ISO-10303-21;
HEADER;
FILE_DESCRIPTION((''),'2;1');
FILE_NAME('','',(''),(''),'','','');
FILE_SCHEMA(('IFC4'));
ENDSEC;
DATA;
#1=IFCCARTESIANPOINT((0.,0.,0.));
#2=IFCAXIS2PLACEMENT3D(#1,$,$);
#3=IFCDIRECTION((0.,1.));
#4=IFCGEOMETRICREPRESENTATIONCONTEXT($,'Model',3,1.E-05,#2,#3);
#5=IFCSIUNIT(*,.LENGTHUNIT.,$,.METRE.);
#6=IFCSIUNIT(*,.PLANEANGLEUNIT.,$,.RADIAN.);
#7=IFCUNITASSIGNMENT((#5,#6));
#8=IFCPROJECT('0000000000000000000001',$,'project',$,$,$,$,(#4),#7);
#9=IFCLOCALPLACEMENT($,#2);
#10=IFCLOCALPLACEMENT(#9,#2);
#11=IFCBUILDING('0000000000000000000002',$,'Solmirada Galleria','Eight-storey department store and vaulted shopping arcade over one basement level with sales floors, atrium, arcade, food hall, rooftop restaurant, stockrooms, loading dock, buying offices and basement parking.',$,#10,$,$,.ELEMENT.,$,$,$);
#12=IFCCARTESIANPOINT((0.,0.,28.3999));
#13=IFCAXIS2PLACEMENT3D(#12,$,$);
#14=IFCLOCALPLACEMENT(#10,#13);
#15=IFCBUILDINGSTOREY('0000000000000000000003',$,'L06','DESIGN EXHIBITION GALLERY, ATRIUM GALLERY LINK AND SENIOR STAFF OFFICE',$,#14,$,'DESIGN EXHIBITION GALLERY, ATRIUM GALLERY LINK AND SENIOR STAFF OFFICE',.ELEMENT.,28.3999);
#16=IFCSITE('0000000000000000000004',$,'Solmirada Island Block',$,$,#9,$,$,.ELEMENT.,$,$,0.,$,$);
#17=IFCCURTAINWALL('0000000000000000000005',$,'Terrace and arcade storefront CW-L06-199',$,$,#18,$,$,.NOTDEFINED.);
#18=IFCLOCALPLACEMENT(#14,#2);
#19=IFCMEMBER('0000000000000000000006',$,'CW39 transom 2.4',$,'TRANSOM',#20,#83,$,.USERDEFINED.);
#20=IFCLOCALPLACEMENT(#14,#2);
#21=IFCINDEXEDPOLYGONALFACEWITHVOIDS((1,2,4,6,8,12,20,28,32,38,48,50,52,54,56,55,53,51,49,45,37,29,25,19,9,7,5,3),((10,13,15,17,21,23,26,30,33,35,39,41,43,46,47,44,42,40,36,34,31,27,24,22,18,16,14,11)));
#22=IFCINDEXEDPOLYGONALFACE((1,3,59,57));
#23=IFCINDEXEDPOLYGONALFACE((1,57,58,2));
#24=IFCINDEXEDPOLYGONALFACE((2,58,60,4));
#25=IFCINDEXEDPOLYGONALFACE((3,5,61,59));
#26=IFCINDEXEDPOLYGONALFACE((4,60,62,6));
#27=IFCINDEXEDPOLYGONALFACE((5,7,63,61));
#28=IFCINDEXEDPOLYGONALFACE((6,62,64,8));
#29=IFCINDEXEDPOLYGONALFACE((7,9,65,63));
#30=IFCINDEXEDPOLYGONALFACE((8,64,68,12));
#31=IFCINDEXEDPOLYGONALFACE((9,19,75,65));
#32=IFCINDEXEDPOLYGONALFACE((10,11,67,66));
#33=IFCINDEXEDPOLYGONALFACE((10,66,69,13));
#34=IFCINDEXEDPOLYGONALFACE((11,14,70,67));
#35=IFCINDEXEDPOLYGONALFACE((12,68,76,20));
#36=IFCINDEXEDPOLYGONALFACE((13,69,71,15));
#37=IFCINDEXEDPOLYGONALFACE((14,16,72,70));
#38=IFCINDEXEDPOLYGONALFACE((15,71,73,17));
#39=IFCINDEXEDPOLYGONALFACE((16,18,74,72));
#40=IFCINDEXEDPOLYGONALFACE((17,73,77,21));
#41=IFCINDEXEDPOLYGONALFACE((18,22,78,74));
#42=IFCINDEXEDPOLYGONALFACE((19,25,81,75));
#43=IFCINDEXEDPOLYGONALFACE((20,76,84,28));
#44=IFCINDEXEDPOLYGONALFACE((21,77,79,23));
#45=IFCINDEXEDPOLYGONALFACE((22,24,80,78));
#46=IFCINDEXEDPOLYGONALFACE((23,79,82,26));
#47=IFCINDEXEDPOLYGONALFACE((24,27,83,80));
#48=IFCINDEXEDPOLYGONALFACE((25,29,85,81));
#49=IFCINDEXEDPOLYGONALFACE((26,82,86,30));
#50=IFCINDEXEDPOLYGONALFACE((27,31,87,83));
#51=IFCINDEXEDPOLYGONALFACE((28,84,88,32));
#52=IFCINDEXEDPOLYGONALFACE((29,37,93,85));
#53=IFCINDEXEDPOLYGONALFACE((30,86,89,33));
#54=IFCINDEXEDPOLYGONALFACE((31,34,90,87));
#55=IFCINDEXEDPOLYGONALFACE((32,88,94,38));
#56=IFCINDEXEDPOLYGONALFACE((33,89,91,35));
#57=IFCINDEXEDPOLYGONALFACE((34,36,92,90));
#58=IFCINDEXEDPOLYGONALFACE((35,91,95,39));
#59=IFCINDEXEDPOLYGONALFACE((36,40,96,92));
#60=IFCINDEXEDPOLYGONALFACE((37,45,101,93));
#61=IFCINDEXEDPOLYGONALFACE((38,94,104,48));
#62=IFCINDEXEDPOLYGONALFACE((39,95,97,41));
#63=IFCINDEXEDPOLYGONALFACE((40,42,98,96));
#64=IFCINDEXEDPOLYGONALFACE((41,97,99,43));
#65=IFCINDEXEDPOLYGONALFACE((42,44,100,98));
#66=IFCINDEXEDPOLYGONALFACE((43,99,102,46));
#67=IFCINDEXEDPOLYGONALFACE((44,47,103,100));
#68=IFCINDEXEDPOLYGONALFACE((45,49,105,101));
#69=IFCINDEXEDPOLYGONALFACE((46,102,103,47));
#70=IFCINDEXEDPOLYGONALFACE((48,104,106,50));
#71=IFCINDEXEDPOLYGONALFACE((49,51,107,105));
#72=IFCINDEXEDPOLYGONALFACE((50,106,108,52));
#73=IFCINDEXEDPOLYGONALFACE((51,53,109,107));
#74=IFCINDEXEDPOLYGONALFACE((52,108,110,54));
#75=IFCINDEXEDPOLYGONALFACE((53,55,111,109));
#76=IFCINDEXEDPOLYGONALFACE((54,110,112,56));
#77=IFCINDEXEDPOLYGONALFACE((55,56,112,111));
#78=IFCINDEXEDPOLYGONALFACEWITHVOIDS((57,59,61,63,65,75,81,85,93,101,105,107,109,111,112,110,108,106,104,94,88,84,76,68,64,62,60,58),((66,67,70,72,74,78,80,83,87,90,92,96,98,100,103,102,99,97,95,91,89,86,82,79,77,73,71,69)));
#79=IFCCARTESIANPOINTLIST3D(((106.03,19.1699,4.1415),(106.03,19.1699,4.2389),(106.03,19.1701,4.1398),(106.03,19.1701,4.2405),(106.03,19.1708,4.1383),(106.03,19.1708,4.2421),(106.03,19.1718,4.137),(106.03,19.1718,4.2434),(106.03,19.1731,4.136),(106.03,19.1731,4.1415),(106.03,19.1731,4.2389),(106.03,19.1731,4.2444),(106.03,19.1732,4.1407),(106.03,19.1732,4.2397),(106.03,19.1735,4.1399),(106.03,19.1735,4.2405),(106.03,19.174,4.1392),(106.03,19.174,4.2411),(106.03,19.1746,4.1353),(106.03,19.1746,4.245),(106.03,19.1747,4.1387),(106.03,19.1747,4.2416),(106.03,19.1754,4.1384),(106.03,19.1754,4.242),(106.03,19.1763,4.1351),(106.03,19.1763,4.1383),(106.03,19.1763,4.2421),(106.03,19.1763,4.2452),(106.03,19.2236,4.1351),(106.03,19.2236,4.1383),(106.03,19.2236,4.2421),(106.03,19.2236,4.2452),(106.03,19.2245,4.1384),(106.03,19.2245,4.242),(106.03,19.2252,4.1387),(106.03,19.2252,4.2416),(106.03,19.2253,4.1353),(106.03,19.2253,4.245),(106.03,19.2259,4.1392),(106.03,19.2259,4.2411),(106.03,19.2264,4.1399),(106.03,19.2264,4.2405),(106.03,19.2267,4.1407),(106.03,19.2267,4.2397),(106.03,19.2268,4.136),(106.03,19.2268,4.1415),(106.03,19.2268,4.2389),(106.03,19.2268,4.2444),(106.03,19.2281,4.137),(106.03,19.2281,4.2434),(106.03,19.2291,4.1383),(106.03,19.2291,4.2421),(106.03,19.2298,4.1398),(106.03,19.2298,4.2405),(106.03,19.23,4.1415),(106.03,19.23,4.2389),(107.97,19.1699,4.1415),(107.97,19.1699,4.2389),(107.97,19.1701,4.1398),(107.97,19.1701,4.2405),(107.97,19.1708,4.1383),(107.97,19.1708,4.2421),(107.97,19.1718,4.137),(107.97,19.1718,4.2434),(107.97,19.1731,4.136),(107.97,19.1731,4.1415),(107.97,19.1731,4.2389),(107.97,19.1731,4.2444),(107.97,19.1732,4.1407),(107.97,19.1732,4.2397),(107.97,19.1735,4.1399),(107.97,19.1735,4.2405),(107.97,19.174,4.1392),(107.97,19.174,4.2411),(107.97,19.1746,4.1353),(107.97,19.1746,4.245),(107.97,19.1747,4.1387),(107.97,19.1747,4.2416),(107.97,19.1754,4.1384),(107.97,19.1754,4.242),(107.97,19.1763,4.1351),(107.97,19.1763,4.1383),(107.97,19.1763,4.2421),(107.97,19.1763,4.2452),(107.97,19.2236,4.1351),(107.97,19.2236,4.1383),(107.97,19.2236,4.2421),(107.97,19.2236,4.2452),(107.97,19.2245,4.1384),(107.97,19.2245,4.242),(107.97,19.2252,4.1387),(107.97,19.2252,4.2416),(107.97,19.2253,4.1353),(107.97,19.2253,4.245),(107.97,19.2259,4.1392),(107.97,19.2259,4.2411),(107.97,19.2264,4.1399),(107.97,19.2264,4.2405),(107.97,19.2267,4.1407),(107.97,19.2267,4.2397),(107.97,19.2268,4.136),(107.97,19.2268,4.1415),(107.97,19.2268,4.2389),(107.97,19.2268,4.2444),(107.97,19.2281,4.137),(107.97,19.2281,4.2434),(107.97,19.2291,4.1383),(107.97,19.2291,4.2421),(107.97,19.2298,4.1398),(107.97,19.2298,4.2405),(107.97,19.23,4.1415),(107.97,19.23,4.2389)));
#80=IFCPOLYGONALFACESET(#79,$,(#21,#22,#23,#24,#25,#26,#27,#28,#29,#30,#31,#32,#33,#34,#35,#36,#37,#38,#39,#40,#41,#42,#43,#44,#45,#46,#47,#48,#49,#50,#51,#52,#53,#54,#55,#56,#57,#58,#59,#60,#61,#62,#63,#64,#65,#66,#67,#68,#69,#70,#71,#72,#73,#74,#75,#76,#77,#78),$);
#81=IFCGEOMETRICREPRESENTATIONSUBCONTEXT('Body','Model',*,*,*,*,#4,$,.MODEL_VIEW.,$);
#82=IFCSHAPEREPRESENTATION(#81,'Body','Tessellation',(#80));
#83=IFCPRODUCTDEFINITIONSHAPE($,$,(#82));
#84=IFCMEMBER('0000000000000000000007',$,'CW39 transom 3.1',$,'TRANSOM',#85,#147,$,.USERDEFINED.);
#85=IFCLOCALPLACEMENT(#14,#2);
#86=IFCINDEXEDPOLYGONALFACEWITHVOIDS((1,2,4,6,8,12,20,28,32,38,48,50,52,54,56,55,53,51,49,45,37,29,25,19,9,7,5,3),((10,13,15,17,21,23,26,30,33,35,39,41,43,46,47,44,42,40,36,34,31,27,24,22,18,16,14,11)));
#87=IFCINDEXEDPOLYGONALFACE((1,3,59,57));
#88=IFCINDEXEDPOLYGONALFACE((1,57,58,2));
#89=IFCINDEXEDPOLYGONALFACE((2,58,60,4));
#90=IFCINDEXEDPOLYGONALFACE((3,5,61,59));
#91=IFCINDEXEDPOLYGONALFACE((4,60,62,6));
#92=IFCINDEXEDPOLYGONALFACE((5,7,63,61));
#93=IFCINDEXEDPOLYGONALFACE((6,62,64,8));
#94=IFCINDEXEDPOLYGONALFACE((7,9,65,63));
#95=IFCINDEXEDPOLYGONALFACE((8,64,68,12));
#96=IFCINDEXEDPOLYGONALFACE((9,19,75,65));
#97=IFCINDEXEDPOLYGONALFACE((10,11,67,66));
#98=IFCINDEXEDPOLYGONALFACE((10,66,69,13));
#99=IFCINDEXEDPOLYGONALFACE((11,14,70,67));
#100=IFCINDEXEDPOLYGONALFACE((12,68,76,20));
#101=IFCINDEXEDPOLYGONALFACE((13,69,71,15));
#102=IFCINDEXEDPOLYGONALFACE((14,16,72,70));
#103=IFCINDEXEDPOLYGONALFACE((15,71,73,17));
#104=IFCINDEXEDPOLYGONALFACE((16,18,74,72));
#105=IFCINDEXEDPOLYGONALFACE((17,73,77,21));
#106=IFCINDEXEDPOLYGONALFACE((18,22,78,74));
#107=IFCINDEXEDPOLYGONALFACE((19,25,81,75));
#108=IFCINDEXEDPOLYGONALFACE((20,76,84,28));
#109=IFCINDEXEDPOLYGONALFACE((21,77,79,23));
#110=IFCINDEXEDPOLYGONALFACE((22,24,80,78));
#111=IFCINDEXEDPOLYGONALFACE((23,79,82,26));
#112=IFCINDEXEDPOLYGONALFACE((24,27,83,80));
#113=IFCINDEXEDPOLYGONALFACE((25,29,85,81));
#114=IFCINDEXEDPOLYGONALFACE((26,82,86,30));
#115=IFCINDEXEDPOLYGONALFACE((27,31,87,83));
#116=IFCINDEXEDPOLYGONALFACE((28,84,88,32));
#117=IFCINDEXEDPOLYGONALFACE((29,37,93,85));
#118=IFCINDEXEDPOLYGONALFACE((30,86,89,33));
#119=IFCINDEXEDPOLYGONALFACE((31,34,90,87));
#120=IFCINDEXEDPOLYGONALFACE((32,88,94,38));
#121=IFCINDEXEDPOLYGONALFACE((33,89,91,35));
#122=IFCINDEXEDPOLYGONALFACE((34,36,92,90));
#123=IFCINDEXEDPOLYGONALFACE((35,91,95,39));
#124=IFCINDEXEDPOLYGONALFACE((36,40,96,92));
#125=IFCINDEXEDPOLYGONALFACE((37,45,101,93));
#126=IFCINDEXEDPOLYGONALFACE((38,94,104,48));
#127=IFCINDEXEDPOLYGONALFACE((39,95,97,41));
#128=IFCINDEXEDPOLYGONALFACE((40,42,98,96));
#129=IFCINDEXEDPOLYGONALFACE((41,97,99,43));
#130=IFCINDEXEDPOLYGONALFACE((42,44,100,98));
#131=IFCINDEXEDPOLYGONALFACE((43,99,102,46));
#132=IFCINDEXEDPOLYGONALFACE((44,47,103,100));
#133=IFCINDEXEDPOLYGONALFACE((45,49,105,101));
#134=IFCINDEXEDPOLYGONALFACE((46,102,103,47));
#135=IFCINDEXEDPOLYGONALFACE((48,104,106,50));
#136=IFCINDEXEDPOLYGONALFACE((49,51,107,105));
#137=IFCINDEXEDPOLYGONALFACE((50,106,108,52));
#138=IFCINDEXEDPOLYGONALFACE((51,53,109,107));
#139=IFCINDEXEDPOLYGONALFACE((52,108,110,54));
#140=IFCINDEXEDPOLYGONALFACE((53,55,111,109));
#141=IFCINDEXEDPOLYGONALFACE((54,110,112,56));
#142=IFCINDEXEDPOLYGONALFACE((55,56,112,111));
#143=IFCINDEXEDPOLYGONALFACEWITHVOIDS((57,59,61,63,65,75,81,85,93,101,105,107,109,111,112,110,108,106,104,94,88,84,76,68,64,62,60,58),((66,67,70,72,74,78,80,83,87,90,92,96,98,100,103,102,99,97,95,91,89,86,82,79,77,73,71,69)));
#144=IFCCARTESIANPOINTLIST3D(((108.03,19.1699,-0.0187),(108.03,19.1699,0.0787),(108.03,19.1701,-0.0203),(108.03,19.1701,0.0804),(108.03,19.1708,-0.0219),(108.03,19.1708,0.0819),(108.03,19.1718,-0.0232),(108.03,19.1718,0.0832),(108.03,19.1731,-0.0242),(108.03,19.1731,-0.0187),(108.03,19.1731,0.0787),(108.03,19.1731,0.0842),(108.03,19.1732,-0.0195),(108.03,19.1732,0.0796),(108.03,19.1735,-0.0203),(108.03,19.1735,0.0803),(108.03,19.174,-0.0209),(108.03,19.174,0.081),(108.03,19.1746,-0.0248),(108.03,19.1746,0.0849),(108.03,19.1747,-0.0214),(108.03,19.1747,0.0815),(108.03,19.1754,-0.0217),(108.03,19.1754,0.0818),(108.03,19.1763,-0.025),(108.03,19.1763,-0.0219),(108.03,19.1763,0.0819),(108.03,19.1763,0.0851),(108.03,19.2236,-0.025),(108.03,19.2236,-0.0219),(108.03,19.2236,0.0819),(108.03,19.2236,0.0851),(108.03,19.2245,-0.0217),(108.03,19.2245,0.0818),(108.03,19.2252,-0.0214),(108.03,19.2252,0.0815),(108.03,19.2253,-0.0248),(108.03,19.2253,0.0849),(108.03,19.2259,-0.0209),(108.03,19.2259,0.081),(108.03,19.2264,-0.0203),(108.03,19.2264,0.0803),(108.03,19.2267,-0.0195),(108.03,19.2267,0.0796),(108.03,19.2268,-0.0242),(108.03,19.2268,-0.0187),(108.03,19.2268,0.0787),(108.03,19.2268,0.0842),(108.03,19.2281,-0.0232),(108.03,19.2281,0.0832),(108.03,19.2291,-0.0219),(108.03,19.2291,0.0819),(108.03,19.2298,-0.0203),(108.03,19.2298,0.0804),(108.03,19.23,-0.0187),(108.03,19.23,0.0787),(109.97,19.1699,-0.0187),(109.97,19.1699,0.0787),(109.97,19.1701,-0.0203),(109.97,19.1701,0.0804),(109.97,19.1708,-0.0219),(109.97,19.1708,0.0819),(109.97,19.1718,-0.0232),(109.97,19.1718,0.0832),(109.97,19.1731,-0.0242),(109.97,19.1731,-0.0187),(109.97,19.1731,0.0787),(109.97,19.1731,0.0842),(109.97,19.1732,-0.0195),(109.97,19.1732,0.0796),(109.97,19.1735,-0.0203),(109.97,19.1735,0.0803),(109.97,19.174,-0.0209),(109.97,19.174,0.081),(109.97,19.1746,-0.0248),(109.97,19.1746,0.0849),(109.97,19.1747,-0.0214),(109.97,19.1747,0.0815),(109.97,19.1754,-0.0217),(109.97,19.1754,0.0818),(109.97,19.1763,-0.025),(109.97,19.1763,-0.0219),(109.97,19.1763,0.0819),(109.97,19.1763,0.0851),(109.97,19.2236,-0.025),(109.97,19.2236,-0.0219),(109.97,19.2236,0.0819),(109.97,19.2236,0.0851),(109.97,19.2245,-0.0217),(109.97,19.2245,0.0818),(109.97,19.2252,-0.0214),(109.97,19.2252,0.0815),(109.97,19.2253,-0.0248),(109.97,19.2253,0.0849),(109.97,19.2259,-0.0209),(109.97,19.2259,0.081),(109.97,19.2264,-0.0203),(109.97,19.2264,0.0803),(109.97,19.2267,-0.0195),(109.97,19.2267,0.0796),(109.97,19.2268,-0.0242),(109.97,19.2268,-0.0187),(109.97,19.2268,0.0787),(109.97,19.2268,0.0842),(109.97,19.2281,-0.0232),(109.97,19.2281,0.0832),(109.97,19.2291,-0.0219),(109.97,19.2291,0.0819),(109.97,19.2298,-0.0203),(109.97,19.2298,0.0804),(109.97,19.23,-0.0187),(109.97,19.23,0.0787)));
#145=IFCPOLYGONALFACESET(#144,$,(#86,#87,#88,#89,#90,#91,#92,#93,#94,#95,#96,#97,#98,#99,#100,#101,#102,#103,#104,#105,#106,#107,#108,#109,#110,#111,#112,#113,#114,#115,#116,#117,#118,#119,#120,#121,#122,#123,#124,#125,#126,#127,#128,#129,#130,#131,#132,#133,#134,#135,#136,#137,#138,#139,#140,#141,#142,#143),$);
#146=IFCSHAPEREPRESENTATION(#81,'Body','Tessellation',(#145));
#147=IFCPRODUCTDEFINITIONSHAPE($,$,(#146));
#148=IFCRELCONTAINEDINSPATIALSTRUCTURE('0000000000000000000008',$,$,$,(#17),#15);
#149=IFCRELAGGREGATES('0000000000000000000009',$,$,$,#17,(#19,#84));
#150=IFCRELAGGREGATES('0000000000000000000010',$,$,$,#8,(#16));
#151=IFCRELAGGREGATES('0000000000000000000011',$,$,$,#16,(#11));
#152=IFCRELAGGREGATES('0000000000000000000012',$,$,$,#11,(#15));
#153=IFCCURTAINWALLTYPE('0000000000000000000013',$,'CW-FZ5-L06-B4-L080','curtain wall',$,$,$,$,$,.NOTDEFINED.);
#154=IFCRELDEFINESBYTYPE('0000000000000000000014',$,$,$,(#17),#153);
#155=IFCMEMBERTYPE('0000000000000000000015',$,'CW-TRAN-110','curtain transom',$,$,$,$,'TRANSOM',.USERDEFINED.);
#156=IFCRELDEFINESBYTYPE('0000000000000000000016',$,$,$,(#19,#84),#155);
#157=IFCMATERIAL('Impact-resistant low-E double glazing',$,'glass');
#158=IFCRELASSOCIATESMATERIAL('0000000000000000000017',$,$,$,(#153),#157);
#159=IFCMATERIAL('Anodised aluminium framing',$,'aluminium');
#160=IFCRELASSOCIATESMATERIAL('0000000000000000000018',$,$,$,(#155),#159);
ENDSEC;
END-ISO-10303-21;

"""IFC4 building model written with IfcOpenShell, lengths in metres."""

from ifc_helpers import new_model, si_unit, direction, frame, origin, origin_2d, place, context, subcontext, project, spatial, hollow_rectangle, extrude, material, material_profile, profile_set, type_object, element, aggregate, save


model = new_model("IFC4")

# Units and contexts
model_context = context("Model", 3, precision=1e-05, world=origin(), true_north=direction((0.0, 1.0)))
body_context = subcontext(model_context, "Body", "Model", "MODEL_VIEW")
ifc_project = project(units=[si_unit("LENGTHUNIT", "METRE"), si_unit("PLANEANGLEUNIT", "RADIAN")], contexts=[model_context])

# Site, building, storey
site_placement = place(None, origin())
site = spatial("IfcSite", under=ifc_project, at=site_placement, Name="Solmirada Island Block", CompositionType="ELEMENT", RefElevation=0.0)
building_placement = place(site_placement, origin())
building = spatial("IfcBuilding", under=site, at=building_placement, Name="Solmirada Galleria", Description="Eight-storey department store and vaulted shopping arcade over one basement level with sales floors, atrium, arcade, food hall, rooftop restaurant, stockrooms, loading dock, buying offices and basement parking.", CompositionType="ELEMENT")
storey_placement = place(building_placement, frame((0.0, 0.0, 28.3999)))
storey = spatial("IfcBuildingStorey", under=building, at=storey_placement, Name="L06", Description="DESIGN EXHIBITION GALLERY, ATRIUM GALLERY LINK AND SENIOR STAFF OFFICE", LongName="DESIGN EXHIBITION GALLERY, ATRIUM GALLERY LINK AND SENIOR STAFF OFFICE", CompositionType="ELEMENT", Elevation=28.3999)

# Shared definitions
ifc_material_1 = material(Name="Impact-resistant low-E double glazing", Category="glass")
ifc_material_2 = material(Name="Anodised aluminium framing", Category="aluminium")

# Curtain wall
curtain_wall_type_1 = type_object("IfcCurtainWallType", Name="CW-FZ5-L06-B4-L080", Description="curtain wall", PredefinedType="NOTDEFINED", material=ifc_material_1)
curtain_wall_1_placement = place(storey_placement, origin())
curtain_wall_1 = element("IfcCurtainWall", 1, at=curtain_wall_1_placement, inside=storey, type_object=curtain_wall_type_1, Name="Terrace and arcade storefront CW-L06-199", PredefinedType="NOTDEFINED")

# Members
ifc_material_profile_1 = material_profile(ifc_material_2, hollow_rectangle(XDim=0.0601, YDim=0.1101, WallThickness=0.0032, InnerFilletRadius=0.0032, OuterFilletRadius=0.0063, at=origin_2d()), Name="ALU-TRAN-110X60")
ifc_profile_set_1 = profile_set([ifc_material_profile_1], Name="Anodised aluminium framing")
member_type_1 = type_object("IfcMemberType", Name="CW-TRAN-110", Description="curtain transom", ElementType="TRANSOM", PredefinedType="USERDEFINED", material=ifc_profile_set_1)
member_1_placement = place(storey_placement, frame((106.03, 19.2, 4.1902), z_axis=(1.0, 0.0, 0.0), x_axis=(0.0, 1.0, 0.0)))
member_1 = element("IfcMember", 2, at=member_1_placement, type_object=member_type_1, Name="CW39 transom 2.4", ObjectType="TRANSOM", PredefinedType="USERDEFINED", context=body_context, shape_type="SweptSolid", body=[
    extrude(hollow_rectangle(XDim=0.0601, YDim=0.1101, WallThickness=0.0032, InnerFilletRadius=0.0032, OuterFilletRadius=0.0063, at=origin_2d()), origin(), (0.0, 0.0, 1.0), 1.9399),
])
member_2_placement = place(storey_placement, frame((108.03, 19.2, 0.03), z_axis=(1.0, 0.0, 0.0), x_axis=(0.0, 1.0, 0.0)))
member_2 = element("IfcMember", 3, at=member_2_placement, type_object=member_type_1, Name="CW39 transom 3.1", ObjectType="TRANSOM", PredefinedType="USERDEFINED", context=body_context, shape_type="SweptSolid", body=[
    extrude(hollow_rectangle(XDim=0.0601, YDim=0.1101, WallThickness=0.0032, InnerFilletRadius=0.0032, OuterFilletRadius=0.0063, at=origin_2d()), origin(), (0.0, 0.0, 1.0), 1.9399),
])

aggregate(curtain_wall_1, [member_1, member_2])

save(model, "model.ifc")
